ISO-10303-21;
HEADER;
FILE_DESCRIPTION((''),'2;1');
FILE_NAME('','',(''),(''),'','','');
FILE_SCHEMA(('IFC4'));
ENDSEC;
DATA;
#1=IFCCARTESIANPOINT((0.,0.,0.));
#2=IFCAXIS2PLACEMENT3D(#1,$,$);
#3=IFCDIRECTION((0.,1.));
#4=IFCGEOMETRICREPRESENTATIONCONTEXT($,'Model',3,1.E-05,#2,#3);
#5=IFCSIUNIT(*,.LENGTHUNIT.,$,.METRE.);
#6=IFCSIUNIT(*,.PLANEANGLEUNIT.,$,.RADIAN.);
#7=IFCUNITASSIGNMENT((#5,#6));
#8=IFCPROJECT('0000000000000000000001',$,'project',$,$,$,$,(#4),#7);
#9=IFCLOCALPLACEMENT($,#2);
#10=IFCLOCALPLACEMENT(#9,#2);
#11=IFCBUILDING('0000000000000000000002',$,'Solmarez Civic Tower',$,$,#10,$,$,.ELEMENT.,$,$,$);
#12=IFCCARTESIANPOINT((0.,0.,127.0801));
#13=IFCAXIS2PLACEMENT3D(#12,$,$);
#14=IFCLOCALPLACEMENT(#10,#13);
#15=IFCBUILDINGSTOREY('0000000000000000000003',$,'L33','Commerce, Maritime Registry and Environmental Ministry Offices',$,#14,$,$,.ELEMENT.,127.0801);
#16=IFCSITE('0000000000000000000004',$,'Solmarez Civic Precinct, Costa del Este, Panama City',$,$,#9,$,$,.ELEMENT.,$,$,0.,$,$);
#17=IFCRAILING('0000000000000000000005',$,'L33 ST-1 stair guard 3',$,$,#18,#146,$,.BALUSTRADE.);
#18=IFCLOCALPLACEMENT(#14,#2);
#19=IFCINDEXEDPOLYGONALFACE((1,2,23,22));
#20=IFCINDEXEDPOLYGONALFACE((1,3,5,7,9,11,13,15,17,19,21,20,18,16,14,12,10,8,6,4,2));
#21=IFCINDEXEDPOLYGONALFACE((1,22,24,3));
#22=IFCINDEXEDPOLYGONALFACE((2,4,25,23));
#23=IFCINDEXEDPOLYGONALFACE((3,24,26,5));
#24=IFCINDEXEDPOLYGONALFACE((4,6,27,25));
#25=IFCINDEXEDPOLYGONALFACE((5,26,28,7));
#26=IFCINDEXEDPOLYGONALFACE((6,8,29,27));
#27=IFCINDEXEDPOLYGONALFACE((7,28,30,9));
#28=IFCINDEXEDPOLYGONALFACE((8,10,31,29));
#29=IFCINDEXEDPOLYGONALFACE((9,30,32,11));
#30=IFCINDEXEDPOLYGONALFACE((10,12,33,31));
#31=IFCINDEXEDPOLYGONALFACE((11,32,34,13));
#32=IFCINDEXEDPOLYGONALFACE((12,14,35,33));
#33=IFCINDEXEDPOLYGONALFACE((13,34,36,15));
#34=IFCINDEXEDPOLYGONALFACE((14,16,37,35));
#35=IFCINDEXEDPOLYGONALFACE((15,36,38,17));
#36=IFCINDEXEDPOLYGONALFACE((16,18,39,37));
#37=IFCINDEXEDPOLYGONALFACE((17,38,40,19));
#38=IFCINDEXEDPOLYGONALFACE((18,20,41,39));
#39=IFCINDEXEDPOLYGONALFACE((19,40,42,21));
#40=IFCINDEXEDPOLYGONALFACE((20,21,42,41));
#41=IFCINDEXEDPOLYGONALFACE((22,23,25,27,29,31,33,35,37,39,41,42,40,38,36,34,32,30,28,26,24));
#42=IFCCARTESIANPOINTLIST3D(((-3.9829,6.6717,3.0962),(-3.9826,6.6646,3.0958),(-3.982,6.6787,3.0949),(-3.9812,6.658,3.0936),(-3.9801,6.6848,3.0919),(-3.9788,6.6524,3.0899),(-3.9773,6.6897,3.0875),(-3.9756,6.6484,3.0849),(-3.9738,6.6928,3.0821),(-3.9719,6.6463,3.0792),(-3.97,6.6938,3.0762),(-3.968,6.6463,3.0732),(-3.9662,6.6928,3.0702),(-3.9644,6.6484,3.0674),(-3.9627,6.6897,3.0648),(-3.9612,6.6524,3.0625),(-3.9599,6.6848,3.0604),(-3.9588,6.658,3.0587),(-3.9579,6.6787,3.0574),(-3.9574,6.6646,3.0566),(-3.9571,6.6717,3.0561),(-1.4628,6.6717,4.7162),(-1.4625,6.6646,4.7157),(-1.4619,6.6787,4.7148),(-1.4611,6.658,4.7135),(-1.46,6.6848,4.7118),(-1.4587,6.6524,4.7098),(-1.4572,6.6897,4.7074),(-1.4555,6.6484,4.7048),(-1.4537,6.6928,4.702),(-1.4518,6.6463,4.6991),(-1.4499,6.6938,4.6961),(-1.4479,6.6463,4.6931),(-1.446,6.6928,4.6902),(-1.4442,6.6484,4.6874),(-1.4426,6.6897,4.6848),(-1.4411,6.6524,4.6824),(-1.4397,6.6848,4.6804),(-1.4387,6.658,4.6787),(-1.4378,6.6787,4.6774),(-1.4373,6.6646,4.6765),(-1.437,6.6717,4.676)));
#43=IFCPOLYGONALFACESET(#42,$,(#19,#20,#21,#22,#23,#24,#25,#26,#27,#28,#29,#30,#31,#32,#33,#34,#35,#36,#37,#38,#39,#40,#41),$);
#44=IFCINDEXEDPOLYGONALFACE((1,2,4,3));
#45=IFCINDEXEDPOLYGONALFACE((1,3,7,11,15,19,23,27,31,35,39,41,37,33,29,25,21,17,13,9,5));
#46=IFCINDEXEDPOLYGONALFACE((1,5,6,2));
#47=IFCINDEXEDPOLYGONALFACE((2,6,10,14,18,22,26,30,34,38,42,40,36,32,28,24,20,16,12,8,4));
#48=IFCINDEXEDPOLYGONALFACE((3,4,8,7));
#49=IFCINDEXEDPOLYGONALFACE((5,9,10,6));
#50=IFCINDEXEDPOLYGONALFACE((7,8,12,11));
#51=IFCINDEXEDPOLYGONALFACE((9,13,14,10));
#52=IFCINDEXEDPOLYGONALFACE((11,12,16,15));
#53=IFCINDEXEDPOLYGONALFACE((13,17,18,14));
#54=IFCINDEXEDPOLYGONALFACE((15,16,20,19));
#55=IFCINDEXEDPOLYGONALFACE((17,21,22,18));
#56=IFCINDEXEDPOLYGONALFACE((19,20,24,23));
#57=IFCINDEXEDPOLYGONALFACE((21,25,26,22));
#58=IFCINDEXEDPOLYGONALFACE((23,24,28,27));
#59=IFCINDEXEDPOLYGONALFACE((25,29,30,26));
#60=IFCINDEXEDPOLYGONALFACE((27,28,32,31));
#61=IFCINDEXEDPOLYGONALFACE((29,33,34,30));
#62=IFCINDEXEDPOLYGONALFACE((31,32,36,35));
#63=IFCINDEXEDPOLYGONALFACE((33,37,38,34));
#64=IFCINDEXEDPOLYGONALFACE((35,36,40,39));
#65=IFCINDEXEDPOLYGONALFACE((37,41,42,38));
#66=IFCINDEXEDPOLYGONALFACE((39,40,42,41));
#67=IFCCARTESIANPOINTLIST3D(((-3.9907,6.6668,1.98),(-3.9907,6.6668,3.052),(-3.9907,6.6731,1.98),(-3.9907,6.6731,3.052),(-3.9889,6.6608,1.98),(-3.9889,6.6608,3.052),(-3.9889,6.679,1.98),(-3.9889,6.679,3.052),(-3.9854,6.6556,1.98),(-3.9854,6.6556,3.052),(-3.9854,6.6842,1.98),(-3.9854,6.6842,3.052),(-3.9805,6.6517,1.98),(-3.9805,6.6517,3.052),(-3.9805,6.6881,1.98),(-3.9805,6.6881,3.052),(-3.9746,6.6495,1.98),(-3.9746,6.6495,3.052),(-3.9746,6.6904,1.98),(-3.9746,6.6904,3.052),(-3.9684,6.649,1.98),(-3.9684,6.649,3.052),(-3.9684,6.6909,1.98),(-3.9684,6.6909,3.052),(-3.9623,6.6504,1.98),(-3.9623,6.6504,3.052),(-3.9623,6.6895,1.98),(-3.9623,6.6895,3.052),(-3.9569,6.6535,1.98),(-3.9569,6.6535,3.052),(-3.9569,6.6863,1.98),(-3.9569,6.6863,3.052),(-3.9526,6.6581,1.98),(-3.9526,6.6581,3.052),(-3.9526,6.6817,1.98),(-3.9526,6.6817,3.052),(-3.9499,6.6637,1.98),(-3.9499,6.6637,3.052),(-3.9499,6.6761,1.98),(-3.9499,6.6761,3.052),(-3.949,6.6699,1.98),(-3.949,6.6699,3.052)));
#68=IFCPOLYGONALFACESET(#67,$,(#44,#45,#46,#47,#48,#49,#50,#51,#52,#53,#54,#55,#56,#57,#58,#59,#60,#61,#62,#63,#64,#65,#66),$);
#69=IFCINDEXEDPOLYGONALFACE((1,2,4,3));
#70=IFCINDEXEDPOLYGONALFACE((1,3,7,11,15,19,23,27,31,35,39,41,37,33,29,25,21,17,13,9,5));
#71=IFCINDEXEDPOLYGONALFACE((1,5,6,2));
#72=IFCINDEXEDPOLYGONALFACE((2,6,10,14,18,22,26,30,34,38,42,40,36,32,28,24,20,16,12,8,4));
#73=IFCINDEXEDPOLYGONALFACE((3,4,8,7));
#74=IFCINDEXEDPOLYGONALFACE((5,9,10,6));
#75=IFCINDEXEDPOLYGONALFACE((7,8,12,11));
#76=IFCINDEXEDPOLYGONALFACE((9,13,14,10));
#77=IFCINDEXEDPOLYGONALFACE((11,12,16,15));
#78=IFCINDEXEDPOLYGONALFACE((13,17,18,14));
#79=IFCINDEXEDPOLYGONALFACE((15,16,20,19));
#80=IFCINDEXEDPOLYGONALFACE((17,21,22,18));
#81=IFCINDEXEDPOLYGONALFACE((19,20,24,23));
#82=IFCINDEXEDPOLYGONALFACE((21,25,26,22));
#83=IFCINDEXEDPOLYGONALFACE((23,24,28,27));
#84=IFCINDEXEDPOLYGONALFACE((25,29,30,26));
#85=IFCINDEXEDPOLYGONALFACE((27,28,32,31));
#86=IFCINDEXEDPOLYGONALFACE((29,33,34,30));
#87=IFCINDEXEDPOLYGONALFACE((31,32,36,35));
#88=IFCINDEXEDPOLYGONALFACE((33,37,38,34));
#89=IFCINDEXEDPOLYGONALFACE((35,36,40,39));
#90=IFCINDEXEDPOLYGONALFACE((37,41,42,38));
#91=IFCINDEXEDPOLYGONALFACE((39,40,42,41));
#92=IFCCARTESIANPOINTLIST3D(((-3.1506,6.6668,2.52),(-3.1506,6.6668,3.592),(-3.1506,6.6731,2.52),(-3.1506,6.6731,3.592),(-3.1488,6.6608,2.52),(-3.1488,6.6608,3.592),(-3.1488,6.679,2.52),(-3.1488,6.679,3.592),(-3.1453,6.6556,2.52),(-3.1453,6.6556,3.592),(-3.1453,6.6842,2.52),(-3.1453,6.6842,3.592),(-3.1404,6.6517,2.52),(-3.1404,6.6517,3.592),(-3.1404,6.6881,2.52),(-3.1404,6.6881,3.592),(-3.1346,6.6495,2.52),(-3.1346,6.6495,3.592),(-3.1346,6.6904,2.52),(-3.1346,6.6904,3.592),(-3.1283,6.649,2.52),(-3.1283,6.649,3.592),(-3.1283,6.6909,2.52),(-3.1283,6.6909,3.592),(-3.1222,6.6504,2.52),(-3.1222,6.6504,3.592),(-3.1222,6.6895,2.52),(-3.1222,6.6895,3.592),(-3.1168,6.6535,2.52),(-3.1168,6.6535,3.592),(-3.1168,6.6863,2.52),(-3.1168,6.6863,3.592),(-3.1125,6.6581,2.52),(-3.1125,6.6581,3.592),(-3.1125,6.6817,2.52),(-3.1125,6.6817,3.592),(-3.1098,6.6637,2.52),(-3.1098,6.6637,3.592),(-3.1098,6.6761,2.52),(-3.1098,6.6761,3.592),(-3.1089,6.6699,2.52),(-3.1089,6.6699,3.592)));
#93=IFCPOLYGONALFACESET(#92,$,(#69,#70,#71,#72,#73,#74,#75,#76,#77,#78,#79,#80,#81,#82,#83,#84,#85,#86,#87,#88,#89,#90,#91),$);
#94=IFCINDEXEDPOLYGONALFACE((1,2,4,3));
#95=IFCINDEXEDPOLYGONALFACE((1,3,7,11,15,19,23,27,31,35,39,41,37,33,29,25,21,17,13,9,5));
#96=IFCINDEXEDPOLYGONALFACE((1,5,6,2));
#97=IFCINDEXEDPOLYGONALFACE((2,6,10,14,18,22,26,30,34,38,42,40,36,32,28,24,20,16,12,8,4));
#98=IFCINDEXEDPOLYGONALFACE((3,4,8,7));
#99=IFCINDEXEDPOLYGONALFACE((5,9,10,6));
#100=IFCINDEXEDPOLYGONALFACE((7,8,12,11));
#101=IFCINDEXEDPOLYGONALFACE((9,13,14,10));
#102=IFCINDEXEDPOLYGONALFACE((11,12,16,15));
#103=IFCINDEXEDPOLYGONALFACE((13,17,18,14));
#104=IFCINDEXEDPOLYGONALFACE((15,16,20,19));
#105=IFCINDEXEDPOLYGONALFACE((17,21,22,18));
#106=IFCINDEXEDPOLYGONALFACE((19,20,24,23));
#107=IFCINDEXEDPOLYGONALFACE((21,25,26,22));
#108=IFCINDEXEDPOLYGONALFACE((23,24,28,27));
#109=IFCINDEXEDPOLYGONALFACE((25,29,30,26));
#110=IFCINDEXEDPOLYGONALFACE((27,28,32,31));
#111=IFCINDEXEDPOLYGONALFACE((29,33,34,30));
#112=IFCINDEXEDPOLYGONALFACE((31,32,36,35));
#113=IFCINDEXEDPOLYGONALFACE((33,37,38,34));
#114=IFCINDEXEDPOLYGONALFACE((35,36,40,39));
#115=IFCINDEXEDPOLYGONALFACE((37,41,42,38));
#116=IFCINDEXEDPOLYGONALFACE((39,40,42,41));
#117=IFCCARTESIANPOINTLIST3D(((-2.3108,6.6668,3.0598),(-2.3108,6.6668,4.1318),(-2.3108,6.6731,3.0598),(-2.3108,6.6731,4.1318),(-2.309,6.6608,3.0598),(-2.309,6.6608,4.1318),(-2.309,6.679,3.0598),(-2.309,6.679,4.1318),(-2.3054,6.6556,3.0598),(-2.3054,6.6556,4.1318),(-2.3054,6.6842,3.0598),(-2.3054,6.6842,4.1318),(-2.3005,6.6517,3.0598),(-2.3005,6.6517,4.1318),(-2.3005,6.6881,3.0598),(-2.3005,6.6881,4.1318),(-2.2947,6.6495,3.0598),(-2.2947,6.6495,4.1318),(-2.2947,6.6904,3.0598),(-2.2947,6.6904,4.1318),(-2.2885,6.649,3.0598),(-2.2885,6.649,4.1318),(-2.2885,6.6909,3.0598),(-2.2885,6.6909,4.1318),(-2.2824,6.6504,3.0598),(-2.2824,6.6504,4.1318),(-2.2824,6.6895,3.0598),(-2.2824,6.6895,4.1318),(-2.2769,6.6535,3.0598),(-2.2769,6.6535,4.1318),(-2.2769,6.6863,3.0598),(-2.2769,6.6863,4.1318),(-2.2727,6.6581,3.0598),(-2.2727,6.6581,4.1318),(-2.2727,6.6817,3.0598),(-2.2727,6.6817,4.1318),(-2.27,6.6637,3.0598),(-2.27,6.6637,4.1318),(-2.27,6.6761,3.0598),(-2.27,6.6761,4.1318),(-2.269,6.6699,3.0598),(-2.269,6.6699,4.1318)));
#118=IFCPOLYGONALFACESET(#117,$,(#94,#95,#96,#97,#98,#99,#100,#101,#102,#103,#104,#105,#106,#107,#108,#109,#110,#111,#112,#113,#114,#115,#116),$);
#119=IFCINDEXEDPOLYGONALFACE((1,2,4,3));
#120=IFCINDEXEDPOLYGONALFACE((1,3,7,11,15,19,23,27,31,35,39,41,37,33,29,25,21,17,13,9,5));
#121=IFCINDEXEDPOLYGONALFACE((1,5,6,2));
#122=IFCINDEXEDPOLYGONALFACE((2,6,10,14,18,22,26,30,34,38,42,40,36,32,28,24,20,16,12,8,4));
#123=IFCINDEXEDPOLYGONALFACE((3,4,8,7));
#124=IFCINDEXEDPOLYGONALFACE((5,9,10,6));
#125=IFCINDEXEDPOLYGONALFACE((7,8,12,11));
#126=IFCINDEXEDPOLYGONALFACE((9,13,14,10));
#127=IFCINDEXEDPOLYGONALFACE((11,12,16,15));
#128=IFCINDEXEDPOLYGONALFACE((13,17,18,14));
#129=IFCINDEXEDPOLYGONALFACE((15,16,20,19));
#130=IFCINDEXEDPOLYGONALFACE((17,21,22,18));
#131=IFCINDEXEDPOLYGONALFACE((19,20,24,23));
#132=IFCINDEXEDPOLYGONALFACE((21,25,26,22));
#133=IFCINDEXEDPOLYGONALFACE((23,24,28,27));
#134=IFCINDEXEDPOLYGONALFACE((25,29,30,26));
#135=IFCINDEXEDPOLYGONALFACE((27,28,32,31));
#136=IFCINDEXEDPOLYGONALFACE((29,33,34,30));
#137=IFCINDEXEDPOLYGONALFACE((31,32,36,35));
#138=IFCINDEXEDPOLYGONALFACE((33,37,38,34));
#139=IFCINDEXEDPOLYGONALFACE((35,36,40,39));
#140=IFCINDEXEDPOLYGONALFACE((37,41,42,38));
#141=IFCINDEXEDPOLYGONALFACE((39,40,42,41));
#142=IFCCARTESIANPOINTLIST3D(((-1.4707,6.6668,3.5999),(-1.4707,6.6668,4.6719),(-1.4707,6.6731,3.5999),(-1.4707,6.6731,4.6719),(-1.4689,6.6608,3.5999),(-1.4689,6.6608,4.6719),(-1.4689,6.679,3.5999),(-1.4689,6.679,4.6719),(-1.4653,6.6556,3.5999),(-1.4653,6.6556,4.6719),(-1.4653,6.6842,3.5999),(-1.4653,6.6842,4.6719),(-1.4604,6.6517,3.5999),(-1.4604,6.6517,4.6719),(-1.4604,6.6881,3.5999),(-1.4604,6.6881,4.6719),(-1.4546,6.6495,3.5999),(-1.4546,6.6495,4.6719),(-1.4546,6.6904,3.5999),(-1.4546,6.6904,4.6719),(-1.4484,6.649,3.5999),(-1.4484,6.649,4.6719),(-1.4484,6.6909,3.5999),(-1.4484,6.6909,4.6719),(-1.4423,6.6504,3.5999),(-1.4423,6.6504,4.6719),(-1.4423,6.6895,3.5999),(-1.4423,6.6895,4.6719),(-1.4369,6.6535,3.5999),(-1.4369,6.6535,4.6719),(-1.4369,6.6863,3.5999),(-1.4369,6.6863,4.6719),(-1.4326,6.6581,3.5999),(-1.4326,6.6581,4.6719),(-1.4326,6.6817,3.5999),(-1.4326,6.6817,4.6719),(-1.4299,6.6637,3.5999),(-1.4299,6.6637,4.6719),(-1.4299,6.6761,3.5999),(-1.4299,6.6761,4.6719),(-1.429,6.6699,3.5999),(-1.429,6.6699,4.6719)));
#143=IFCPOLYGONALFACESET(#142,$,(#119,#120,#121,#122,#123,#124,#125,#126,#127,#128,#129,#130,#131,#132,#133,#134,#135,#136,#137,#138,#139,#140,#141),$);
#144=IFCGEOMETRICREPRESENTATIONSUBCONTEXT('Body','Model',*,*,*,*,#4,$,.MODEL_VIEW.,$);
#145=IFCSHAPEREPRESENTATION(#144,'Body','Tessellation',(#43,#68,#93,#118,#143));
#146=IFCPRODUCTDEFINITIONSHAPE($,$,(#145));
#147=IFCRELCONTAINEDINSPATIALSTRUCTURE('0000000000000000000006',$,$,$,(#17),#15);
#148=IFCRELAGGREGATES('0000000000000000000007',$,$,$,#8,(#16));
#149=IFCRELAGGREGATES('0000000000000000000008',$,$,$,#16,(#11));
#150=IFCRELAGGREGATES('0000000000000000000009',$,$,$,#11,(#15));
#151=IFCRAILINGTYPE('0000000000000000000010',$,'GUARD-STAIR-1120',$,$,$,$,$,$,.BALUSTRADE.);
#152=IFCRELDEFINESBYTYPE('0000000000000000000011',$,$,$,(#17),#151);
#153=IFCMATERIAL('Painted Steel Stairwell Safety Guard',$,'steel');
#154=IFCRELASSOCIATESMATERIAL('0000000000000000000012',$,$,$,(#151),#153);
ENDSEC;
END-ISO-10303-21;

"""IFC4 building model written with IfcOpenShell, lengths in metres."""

from ifc_helpers import new_model, si_unit, direction, frame, origin, origin_2d, place, context, subcontext, project, spatial, circle, extrude, material, type_object, element, save


model = new_model("IFC4")

# Units and contexts
model_context = context("Model", 3, precision=1e-05, world=origin(), true_north=direction((0.0, 1.0)))
body_context = subcontext(model_context, "Body", "Model", "MODEL_VIEW")
ifc_project = project(units=[si_unit("LENGTHUNIT", "METRE"), si_unit("PLANEANGLEUNIT", "RADIAN")], contexts=[model_context])

# Site, building, storey
site_placement = place(None, origin())
site = spatial("IfcSite", under=ifc_project, at=site_placement, Name="Solmarez Civic Precinct, Costa del Este, Panama City", CompositionType="ELEMENT", RefElevation=0.0)
building_placement = place(site_placement, origin())
building = spatial("IfcBuilding", under=site, at=building_placement, Name="Solmarez Civic Tower", CompositionType="ELEMENT")
storey_placement = place(building_placement, frame((0.0, 0.0, 127.0801)))
storey = spatial("IfcBuildingStorey", under=building, at=storey_placement, Name="L33", Description="Commerce, Maritime Registry and Environmental Ministry Offices", CompositionType="ELEMENT", Elevation=127.0801)

# Railing
ifc_material_1 = material(Name="Painted Steel Stairwell Safety Guard", Category="steel")
railing_type_1 = type_object("IfcRailingType", Name="GUARD-STAIR-1120", PredefinedType="BALUSTRADE", material=ifc_material_1)
railing_1_placement = place(storey_placement, frame((-3.97, 6.6699, 1.98)))
element("IfcRailing", 1, at=railing_1_placement, inside=storey, type_object=railing_type_1, Name="L33 ST-1 stair guard 3", PredefinedType="BALUSTRADE", context=body_context, shape_type="SweptSolid", body=[
    extrude(circle(Radius=0.0239, at=origin_2d()), frame((0.0, 0.0, 1.0962), z_axis=(0.8412, 0.0, 0.540725), x_axis=(0.0, 1.0, 0.0)), (0.0, 0.0, 1.0), 2.9958),
    extrude(circle(Radius=0.021, at=origin_2d()), origin(), (0.0, 0.0, 1.0), 1.072),
    extrude(circle(Radius=0.021, at=origin_2d()), frame((0.8401, 0.0, 0.54)), (0.0, 0.0, 1.0), 1.072),
    extrude(circle(Radius=0.021, at=origin_2d()), frame((1.6799, 0.0, 1.0798)), (0.0, 0.0, 1.0), 1.072),
    extrude(circle(Radius=0.021, at=origin_2d()), frame((2.52, 0.0, 1.6199)), (0.0, 0.0, 1.0), 1.072),
])

save(model, "model.ifc")
